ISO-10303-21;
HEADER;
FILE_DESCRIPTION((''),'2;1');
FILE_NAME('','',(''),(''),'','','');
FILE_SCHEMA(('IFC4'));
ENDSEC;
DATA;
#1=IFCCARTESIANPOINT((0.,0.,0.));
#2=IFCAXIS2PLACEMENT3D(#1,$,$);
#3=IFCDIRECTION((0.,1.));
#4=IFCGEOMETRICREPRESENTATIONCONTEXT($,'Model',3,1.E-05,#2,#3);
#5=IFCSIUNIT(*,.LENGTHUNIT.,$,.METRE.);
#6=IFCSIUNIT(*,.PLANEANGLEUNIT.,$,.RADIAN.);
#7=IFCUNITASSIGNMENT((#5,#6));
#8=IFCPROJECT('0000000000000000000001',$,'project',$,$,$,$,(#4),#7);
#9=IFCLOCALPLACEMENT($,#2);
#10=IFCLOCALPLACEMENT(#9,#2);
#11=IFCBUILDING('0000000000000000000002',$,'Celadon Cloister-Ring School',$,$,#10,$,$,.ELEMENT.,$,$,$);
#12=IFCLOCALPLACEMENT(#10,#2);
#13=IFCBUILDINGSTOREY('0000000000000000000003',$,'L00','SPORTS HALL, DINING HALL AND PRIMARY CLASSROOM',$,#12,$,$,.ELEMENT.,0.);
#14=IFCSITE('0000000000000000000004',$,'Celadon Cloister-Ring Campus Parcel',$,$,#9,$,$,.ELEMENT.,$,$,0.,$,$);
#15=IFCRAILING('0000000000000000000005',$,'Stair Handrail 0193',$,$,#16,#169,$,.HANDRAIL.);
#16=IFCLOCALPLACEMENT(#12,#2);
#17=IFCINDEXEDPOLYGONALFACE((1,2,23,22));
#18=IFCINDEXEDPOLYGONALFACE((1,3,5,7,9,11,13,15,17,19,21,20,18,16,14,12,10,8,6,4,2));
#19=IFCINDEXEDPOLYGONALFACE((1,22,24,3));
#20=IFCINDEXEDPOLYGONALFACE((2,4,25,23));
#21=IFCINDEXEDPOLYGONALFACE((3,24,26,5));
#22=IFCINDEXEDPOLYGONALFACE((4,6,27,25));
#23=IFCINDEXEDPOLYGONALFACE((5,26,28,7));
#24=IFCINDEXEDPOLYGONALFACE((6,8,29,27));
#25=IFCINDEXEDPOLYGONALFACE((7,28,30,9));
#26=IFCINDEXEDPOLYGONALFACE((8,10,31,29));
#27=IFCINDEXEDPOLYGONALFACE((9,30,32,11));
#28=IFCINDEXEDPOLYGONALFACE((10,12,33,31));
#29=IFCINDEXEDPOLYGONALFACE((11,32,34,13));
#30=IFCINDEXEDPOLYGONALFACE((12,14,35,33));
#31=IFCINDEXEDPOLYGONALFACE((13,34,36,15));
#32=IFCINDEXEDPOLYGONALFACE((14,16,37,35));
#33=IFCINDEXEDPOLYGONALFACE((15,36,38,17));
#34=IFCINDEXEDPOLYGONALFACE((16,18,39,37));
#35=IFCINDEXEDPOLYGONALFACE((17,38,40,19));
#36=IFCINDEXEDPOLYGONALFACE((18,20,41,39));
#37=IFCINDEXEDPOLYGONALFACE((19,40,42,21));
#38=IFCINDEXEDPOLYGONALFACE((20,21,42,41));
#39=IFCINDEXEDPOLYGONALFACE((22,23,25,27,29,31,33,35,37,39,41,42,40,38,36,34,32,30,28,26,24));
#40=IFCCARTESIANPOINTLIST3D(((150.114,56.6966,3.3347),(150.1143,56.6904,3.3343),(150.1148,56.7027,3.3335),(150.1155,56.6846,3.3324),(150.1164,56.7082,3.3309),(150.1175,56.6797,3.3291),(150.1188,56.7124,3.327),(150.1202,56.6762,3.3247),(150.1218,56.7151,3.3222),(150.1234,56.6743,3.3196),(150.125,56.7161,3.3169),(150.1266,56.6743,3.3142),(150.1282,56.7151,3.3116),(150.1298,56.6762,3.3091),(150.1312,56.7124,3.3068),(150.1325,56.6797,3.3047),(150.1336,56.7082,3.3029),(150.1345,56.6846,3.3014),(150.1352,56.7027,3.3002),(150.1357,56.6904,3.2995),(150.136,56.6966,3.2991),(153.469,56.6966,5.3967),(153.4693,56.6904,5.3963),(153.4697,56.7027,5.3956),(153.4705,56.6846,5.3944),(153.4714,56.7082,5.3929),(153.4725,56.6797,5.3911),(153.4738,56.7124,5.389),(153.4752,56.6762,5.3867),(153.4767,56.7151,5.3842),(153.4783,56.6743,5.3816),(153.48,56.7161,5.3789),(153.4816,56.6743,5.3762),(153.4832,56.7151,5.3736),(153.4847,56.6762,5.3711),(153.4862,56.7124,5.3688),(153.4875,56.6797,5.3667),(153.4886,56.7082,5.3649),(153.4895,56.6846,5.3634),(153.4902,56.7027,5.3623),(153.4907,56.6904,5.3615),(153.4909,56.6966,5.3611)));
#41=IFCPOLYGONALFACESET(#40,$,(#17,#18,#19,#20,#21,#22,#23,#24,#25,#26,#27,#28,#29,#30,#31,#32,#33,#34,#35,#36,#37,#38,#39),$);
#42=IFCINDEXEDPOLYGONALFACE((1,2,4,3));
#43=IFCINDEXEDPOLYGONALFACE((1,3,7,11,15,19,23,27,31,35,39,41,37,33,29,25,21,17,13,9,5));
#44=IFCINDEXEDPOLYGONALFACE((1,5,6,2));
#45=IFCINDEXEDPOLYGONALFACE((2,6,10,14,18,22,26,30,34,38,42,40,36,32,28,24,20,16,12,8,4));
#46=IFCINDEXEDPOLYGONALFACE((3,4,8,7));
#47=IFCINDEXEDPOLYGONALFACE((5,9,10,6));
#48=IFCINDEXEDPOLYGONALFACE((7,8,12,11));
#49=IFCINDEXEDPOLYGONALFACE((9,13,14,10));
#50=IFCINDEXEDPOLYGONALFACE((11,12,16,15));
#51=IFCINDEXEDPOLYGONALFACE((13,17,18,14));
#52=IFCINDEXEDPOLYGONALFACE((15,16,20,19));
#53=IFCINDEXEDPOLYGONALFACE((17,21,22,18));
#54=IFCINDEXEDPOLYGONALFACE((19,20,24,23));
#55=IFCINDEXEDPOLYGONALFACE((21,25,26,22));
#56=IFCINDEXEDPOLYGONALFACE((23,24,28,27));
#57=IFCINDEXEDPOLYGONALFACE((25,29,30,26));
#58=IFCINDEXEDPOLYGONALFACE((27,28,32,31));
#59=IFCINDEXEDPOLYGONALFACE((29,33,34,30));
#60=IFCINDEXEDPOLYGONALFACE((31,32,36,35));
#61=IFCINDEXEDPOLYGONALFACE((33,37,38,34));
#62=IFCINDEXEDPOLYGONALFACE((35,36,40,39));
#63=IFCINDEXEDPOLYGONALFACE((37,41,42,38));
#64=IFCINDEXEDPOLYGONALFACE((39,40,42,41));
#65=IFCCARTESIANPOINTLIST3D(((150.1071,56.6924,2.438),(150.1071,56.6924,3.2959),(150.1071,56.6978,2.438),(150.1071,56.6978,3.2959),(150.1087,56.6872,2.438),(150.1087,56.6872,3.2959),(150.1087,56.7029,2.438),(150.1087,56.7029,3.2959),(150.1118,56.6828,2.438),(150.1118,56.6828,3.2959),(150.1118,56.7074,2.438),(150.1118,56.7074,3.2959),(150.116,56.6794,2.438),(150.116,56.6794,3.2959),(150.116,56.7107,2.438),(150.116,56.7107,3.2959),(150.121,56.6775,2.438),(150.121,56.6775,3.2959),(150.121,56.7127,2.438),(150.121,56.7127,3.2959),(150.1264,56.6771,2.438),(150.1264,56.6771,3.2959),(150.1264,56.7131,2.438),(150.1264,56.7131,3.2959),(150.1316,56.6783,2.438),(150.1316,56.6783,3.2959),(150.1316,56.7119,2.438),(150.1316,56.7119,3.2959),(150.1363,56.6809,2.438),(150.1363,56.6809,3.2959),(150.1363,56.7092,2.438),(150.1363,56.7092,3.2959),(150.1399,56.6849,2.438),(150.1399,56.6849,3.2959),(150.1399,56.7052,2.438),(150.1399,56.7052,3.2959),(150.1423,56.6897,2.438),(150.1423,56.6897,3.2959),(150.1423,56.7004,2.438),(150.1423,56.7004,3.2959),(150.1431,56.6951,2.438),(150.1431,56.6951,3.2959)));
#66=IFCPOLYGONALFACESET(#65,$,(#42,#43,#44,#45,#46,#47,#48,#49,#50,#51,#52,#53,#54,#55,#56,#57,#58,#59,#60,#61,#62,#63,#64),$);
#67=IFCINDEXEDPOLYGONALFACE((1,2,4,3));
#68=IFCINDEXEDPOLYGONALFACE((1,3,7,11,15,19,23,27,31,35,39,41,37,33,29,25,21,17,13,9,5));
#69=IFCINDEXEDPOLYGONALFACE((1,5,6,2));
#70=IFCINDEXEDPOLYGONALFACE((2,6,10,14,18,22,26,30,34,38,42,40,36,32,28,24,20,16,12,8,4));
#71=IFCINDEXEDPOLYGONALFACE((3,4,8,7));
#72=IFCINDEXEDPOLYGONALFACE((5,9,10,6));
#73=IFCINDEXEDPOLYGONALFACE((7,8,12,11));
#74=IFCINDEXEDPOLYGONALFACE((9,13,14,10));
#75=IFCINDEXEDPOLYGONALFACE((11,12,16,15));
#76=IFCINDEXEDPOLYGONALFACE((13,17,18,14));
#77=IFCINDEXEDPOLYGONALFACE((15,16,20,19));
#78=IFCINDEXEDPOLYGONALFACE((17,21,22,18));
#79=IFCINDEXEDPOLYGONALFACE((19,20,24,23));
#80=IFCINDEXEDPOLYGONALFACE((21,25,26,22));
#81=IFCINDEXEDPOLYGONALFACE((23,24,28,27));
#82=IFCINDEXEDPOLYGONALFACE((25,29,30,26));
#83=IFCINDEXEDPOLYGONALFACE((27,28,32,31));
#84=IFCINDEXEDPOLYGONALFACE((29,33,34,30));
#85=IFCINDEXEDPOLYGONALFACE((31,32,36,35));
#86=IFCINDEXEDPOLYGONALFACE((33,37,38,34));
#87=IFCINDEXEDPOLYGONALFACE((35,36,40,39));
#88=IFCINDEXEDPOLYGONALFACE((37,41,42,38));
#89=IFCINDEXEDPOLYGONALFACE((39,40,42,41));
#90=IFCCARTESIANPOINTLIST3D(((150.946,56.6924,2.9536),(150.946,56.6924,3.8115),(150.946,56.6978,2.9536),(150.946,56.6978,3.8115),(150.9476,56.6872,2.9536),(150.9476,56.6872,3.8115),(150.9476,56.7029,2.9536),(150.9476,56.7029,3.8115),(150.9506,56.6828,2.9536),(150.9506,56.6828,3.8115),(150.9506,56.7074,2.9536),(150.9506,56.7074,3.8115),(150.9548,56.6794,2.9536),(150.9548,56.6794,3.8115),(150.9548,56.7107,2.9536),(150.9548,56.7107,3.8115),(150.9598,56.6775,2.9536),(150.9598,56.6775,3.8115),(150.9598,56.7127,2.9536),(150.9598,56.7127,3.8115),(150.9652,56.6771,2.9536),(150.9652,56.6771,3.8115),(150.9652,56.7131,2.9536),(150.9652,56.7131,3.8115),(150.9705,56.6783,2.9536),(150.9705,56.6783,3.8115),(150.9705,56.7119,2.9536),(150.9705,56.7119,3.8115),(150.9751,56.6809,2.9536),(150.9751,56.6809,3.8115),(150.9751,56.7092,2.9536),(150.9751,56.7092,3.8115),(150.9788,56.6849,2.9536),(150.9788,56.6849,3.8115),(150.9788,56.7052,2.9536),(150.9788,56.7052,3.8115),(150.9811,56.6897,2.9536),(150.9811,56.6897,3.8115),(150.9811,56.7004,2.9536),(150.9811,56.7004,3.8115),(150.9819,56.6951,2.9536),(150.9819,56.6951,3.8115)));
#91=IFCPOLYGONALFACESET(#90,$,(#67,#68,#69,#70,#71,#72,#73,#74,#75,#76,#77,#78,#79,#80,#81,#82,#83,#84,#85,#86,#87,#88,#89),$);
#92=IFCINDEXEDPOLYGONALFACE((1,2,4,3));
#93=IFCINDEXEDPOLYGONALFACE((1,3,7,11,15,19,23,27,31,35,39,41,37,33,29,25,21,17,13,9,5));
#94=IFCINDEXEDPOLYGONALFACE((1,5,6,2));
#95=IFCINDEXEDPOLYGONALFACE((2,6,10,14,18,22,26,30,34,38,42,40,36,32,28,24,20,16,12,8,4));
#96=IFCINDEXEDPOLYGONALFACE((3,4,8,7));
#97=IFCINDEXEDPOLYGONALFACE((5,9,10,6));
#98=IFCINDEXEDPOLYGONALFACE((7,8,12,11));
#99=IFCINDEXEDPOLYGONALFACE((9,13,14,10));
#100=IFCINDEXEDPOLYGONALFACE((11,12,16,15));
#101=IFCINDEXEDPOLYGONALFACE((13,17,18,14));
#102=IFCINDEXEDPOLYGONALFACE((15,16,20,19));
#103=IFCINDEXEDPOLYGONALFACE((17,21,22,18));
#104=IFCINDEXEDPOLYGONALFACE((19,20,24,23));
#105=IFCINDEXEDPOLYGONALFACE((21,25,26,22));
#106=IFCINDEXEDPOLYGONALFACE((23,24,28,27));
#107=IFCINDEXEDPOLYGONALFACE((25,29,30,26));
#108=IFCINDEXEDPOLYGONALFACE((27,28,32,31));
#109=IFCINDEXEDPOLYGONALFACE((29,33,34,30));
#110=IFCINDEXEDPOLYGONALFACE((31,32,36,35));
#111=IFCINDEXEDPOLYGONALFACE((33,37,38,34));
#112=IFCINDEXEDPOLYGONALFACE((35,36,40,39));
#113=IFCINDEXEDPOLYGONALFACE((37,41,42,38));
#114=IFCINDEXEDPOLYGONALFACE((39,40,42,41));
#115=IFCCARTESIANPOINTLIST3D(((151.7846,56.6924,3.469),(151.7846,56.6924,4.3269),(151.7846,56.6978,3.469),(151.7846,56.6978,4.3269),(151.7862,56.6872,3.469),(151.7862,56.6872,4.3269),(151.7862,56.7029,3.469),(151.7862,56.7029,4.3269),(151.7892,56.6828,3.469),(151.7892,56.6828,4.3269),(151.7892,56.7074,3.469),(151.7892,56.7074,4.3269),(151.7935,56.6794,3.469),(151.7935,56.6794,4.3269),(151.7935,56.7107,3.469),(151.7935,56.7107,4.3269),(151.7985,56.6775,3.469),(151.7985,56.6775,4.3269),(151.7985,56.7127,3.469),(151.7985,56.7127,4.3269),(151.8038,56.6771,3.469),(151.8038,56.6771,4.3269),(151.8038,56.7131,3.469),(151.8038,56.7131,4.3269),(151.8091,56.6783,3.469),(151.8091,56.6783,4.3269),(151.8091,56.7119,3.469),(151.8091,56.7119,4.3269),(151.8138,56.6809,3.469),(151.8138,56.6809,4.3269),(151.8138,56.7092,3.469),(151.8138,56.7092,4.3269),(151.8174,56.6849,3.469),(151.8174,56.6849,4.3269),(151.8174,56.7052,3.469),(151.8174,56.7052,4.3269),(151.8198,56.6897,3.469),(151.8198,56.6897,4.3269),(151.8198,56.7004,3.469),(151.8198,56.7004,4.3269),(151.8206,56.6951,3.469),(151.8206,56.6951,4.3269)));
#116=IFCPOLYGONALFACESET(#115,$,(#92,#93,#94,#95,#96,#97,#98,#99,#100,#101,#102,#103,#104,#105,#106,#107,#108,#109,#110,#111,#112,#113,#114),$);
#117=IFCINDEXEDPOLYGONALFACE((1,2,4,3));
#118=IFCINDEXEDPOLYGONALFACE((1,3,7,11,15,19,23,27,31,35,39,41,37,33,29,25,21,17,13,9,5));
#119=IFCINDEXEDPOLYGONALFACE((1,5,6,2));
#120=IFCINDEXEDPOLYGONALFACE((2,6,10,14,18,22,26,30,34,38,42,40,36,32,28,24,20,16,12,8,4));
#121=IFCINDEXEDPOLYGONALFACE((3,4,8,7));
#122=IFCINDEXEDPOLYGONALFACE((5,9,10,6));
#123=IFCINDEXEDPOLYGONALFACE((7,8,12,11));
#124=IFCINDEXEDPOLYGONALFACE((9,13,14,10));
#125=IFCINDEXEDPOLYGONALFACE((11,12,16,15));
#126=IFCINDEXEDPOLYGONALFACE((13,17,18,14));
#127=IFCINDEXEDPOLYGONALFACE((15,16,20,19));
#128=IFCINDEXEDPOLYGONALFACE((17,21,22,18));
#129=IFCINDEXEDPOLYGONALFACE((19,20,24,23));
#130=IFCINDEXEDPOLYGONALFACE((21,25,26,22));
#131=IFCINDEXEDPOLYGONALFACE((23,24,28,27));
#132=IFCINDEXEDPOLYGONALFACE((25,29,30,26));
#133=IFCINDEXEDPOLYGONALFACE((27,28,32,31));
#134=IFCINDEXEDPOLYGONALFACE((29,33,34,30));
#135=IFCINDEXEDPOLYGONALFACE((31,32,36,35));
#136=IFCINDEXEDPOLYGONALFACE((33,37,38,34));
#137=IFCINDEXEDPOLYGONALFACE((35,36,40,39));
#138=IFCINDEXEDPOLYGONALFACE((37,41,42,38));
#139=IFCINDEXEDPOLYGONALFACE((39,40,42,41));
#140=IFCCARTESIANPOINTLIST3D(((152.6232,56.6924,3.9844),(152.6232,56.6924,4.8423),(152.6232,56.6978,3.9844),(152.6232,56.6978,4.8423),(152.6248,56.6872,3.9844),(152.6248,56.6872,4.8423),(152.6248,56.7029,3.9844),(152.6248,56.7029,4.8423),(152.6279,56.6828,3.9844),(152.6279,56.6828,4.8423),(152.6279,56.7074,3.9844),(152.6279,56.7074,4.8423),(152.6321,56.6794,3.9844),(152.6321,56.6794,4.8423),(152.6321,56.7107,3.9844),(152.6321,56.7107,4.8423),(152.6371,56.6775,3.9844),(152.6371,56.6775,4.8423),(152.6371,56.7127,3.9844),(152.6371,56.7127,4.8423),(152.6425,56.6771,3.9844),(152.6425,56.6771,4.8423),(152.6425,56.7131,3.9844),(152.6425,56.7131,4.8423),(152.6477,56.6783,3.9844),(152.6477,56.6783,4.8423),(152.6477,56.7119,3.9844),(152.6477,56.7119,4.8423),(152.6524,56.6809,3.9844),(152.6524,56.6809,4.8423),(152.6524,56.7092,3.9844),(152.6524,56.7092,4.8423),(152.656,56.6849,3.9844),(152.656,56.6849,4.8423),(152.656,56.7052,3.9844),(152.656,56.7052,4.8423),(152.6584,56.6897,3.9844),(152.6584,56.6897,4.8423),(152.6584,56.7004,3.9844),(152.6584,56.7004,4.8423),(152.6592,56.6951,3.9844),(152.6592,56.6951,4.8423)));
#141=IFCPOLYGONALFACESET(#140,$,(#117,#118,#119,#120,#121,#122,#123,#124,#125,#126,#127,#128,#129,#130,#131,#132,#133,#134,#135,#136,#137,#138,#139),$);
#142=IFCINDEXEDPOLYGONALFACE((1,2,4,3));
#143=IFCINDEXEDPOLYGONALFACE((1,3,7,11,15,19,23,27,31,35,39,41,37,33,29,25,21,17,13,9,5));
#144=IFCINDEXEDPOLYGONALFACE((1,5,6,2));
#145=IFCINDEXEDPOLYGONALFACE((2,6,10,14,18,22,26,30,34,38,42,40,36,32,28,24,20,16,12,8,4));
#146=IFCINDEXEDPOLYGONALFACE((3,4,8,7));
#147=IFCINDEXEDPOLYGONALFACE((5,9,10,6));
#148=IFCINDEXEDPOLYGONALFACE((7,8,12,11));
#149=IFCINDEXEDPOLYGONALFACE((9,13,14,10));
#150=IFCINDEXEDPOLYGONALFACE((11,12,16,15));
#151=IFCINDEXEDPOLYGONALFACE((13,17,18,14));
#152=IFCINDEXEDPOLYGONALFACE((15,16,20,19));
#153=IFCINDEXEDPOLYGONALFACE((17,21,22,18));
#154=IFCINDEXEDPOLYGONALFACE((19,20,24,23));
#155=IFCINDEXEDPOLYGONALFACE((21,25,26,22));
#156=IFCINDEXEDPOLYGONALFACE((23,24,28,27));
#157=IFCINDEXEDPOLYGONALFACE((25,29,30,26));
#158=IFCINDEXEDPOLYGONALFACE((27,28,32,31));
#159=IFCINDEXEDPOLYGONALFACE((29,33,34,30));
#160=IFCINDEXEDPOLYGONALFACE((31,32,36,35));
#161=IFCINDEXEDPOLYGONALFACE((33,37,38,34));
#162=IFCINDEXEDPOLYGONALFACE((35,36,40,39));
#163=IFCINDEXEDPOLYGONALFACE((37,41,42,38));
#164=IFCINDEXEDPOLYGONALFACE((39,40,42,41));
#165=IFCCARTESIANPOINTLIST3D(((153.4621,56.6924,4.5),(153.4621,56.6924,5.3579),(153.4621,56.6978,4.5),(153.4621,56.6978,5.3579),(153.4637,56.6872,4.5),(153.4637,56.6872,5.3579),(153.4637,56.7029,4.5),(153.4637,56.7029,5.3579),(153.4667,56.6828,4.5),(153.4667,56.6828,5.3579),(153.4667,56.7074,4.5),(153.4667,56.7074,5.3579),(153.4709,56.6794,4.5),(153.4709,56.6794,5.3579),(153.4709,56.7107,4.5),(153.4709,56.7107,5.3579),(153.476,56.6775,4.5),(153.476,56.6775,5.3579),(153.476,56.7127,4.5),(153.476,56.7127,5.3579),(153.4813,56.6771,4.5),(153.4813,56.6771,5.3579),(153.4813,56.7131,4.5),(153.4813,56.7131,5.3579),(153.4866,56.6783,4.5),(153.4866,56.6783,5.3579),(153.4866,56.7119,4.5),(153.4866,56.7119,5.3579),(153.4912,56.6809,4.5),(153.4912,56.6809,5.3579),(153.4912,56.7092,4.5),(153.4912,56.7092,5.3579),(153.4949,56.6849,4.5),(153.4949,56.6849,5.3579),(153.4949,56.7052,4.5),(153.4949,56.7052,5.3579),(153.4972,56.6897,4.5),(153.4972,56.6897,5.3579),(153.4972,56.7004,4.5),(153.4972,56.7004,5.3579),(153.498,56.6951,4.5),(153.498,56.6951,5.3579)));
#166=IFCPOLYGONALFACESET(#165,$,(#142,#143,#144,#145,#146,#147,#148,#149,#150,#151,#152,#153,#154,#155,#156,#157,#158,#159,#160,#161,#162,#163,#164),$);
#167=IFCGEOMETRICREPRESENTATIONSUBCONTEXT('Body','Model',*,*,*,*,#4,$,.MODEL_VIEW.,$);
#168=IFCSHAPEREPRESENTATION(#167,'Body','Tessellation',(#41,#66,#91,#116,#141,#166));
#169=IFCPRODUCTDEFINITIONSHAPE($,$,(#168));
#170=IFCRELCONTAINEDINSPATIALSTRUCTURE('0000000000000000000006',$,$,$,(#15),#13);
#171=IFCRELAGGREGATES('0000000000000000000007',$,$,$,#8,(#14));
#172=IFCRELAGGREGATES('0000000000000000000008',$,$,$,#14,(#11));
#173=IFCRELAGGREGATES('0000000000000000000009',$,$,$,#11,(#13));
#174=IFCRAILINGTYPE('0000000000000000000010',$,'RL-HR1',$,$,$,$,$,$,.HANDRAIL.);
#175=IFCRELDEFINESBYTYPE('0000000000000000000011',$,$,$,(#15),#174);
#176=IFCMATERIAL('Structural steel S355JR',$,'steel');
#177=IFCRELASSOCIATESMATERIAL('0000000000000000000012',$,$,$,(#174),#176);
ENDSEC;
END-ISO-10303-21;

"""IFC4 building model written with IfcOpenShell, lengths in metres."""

from ifc_helpers import new_model, si_unit, direction, frame, origin, origin_2d, place, context, subcontext, project, spatial, circle, extrude, material, type_object, element, save


model = new_model("IFC4")

# Units and contexts
model_context = context("Model", 3, precision=1e-05, world=origin(), true_north=direction((0.0, 1.0)))
body_context = subcontext(model_context, "Body", "Model", "MODEL_VIEW")
ifc_project = project(units=[si_unit("LENGTHUNIT", "METRE"), si_unit("PLANEANGLEUNIT", "RADIAN")], contexts=[model_context])

# Site, building, storey
site_placement = place(None, origin())
site = spatial("IfcSite", under=ifc_project, at=site_placement, Name="Celadon Cloister-Ring Campus Parcel", CompositionType="ELEMENT", RefElevation=0.0)
building_placement = place(site_placement, origin())
building = spatial("IfcBuilding", under=site, at=building_placement, Name="Celadon Cloister-Ring School", CompositionType="ELEMENT")
storey_placement = place(building_placement, origin())
storey = spatial("IfcBuildingStorey", under=building, at=storey_placement, Name="L00", Description="SPORTS HALL, DINING HALL AND PRIMARY CLASSROOM", CompositionType="ELEMENT", Elevation=0.0)

# Railing
ifc_material_1 = material(Name="Structural steel S355JR", Category="steel")
railing_type_1 = type_object("IfcRailingType", Name="RL-HR1", PredefinedType="HANDRAIL", material=ifc_material_1)
for number, where, name in (
    (1, (150.125, 56.6951, 2.438), "Stair Handrail 0193"),
):
    element("IfcRailing", number, at=place(storey_placement, frame(where)), inside=storey, type_object=railing_type_1, Name=name, PredefinedType="HANDRAIL", context=body_context, shape_type="SweptSolid", body=[
        extrude(circle(Radius=0.021, at=origin_2d()), frame((0.0, 0.0, 0.8789), z_axis=(0.851952, 0.0, 0.52362), x_axis=(0.0, 1.0, 0.0)), (0.0, 0.0, 1.0), 3.938),
        extrude(circle(Radius=0.0181, at=origin_2d()), origin(), (0.0, 0.0, 1.0), 0.8579),
        extrude(circle(Radius=0.0181, at=origin_2d()), frame((0.8389, 0.0, 0.5156)), (0.0, 0.0, 1.0), 0.8579),
        extrude(circle(Radius=0.0181, at=origin_2d()), frame((1.6775, 0.0, 1.031)), (0.0, 0.0, 1.0), 0.8579),
        extrude(circle(Radius=0.0181, at=origin_2d()), frame((2.5161, 0.0, 1.5464)), (0.0, 0.0, 1.0), 0.8579),
        extrude(circle(Radius=0.0181, at=origin_2d()), frame((3.355, 0.0, 2.062)), (0.0, 0.0, 1.0), 0.8579),
    ])

save(model, "model.ifc")
